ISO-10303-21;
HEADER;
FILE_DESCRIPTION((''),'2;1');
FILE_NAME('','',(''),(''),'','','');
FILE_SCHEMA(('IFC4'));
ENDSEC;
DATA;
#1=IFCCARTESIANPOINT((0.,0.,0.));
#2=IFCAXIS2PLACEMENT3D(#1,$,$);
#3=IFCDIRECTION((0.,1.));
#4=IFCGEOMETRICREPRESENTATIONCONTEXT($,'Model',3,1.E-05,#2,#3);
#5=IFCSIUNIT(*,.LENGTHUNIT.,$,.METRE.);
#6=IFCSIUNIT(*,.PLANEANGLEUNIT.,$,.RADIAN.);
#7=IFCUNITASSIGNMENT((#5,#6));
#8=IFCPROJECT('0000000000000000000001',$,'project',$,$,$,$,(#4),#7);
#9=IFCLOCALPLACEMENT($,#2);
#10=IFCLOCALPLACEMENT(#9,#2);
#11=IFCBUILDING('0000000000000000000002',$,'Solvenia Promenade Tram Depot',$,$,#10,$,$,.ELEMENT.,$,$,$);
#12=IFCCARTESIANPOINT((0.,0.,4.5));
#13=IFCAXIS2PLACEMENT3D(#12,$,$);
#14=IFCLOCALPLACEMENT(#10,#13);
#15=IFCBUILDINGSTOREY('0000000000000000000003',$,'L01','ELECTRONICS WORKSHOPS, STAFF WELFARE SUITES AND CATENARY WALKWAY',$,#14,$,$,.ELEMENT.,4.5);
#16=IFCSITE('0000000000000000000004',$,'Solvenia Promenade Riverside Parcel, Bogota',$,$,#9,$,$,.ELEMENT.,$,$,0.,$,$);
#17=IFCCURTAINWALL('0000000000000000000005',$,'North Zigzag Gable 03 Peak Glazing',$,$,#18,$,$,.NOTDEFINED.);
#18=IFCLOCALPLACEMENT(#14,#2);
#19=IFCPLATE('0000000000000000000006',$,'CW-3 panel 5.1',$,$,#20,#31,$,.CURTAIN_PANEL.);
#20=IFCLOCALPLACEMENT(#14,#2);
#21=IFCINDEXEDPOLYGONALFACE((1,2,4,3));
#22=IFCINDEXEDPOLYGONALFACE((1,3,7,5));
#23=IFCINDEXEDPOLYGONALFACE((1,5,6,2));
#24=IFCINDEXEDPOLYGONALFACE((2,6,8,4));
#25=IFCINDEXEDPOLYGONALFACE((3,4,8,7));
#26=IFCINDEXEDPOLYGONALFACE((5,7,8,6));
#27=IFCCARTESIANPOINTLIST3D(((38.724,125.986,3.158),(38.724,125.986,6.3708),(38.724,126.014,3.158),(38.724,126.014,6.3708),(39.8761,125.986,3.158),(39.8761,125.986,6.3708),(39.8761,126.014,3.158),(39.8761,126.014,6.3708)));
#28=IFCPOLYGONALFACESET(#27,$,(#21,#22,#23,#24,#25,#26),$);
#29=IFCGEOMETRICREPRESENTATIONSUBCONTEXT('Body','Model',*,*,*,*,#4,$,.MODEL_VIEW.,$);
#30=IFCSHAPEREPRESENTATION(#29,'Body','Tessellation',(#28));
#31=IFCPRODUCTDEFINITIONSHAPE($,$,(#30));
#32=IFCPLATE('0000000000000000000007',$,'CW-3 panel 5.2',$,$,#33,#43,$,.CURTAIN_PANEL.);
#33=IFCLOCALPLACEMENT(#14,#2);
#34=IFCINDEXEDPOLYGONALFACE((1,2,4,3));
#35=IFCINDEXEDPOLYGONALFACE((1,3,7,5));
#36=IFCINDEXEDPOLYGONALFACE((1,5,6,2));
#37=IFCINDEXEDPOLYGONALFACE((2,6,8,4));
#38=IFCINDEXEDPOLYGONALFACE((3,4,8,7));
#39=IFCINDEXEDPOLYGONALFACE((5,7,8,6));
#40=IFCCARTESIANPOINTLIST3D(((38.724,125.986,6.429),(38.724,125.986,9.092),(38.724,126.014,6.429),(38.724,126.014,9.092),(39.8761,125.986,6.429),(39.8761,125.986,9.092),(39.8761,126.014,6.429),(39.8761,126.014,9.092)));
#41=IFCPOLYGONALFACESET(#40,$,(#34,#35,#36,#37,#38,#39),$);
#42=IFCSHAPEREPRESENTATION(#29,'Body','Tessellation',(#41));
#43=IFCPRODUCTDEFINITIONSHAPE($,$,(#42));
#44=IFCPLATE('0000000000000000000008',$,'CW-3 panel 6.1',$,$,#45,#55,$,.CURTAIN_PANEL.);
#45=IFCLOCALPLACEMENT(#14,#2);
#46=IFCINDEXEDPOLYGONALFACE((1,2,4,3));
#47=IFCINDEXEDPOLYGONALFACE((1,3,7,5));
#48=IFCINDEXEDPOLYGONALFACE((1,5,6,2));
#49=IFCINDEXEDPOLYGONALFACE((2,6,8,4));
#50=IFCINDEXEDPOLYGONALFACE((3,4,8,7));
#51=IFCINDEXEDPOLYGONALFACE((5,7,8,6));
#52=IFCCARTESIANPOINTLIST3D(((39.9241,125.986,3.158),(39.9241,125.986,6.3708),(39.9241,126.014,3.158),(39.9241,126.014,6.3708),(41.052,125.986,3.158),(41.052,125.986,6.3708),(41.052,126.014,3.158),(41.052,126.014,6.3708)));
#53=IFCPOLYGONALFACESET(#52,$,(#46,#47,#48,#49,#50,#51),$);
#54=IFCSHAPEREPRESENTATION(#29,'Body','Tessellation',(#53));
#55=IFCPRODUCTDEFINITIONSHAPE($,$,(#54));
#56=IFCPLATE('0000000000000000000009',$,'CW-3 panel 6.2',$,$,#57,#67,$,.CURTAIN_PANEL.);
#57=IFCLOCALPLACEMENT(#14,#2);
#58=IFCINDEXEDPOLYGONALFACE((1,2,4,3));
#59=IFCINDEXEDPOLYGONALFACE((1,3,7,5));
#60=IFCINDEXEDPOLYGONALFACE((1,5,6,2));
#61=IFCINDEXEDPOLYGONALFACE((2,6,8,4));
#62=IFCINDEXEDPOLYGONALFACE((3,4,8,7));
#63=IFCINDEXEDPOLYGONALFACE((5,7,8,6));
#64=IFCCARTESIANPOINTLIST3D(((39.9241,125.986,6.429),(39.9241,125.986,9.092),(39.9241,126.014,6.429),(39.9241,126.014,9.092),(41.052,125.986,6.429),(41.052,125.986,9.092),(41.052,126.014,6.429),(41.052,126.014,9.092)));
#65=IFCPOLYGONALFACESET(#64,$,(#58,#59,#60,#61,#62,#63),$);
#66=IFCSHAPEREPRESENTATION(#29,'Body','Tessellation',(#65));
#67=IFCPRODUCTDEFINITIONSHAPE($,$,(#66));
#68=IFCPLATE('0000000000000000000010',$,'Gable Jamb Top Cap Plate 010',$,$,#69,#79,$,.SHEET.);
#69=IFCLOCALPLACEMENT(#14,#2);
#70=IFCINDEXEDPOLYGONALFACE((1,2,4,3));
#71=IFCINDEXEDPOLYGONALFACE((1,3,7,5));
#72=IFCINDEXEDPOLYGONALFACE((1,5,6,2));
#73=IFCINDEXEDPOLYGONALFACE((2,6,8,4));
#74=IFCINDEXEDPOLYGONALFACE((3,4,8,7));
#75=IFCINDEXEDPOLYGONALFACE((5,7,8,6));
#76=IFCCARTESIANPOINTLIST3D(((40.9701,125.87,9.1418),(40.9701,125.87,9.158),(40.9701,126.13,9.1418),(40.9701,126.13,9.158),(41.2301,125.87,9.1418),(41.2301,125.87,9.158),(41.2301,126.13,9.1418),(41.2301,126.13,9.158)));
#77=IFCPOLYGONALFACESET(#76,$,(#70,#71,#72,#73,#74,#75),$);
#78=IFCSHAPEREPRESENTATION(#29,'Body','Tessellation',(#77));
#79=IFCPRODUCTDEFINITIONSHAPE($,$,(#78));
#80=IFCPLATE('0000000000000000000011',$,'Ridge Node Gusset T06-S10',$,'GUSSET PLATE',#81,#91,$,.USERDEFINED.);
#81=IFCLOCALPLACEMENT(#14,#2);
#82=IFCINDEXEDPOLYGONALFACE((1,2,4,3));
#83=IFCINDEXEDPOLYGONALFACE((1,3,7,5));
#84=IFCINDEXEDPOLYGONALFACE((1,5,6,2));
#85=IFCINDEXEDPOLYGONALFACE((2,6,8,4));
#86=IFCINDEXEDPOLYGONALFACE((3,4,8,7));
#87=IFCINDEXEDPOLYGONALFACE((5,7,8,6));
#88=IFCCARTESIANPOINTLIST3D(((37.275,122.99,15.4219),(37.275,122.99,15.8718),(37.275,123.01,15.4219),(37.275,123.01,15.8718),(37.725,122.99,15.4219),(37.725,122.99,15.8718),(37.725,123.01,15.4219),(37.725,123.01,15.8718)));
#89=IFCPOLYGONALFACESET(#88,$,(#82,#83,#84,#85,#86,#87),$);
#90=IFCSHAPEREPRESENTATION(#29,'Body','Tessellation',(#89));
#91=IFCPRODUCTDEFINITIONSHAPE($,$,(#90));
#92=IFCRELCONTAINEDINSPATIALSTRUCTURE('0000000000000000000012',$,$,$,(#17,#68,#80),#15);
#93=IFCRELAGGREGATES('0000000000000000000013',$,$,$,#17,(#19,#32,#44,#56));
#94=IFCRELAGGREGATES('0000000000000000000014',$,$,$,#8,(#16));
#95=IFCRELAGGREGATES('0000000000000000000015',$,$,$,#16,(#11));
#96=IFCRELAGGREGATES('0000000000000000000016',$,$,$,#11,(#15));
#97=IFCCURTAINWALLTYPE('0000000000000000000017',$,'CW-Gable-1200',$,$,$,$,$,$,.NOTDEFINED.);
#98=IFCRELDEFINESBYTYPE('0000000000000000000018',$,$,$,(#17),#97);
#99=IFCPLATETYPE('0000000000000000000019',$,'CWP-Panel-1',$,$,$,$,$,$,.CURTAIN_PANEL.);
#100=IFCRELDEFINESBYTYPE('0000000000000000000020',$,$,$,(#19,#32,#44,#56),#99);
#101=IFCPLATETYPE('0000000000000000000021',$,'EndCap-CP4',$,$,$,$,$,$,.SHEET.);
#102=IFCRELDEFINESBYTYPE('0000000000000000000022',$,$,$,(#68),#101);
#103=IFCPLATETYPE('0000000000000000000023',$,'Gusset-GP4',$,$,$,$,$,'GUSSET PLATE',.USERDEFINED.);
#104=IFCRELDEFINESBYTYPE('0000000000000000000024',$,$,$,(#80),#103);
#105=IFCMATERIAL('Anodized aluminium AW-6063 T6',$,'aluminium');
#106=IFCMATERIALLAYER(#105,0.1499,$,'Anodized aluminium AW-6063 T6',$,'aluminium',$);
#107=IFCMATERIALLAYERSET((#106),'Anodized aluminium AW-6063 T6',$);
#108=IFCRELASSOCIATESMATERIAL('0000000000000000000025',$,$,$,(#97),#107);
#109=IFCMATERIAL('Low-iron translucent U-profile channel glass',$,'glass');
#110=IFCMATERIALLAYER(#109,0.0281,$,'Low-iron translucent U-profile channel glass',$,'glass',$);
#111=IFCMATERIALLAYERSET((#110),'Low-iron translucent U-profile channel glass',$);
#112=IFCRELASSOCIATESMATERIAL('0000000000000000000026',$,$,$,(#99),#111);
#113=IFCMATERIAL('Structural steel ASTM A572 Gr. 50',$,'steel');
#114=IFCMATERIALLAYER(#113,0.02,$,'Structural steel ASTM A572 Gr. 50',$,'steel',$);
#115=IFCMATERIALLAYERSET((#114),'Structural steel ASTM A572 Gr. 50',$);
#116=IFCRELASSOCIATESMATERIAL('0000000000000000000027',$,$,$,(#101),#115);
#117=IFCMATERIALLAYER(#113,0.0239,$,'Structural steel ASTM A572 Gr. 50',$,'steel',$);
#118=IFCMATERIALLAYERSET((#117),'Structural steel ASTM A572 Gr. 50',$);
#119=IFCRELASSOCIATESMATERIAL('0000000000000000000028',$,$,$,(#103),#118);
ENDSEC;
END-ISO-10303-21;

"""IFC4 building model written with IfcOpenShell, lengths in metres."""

from ifc_helpers import new_model, si_unit, direction, frame, origin, origin_2d, place, context, subcontext, project, spatial, rectangle, extrude, material, layer, layer_set, type_object, element, aggregate, save


model = new_model("IFC4")

# Units and contexts
model_context = context("Model", 3, precision=1e-05, world=origin(), true_north=direction((0.0, 1.0)))
body_context = subcontext(model_context, "Body", "Model", "MODEL_VIEW")
ifc_project = project(units=[si_unit("LENGTHUNIT", "METRE"), si_unit("PLANEANGLEUNIT", "RADIAN")], contexts=[model_context])

# Site, building, storey
site_placement = place(None, origin())
site = spatial("IfcSite", under=ifc_project, at=site_placement, Name="Solvenia Promenade Riverside Parcel, Bogota", CompositionType="ELEMENT", RefElevation=0.0)
building_placement = place(site_placement, origin())
building = spatial("IfcBuilding", under=site, at=building_placement, Name="Solvenia Promenade Tram Depot", CompositionType="ELEMENT")
storey_placement = place(building_placement, frame((0.0, 0.0, 4.5)))
storey = spatial("IfcBuildingStorey", under=building, at=storey_placement, Name="L01", Description="ELECTRONICS WORKSHOPS, STAFF WELFARE SUITES AND CATENARY WALKWAY", CompositionType="ELEMENT", Elevation=4.5)

# Curtain wall
ifc_material_1 = material(Name="Anodized aluminium AW-6063 T6", Category="aluminium")
ifc_layer_1 = layer(ifc_material_1, 0.1499, Name="Anodized aluminium AW-6063 T6", Category="aluminium")
ifc_layer_set_1 = layer_set([ifc_layer_1], Name="Anodized aluminium AW-6063 T6")
curtain_wall_type = type_object("IfcCurtainWallType", Name="CW-Gable-1200", PredefinedType="NOTDEFINED", material=ifc_layer_set_1)
curtain_wall_placement = place(storey_placement, origin())
curtain_wall = element("IfcCurtainWall", 1, at=curtain_wall_placement, inside=storey, type_object=curtain_wall_type, Name="North Zigzag Gable 03 Peak Glazing", PredefinedType="NOTDEFINED")

# Plates
ifc_material_2 = material(Name="Low-iron translucent U-profile channel glass", Category="glass")
ifc_layer_2 = layer(ifc_material_2, 0.0281, Name="Low-iron translucent U-profile channel glass", Category="glass")
ifc_layer_set_2 = layer_set([ifc_layer_2], Name="Low-iron translucent U-profile channel glass")
plate_type_1 = type_object("IfcPlateType", Name="CWP-Panel-1", PredefinedType="CURTAIN_PANEL", material=ifc_layer_set_2)
plate_1_placement = place(storey_placement, frame((39.3, 126.0, 3.158), z_axis=(0.0, 0.0, 1.0), x_axis=(1.0, 0.0, 0.0)))
plate_1 = element("IfcPlate", 2, at=plate_1_placement, type_object=plate_type_1, Name="CW-3 panel 5.1", PredefinedType="CURTAIN_PANEL", context=body_context, shape_type="SweptSolid", body=[
    extrude(rectangle(XDim=1.1521, YDim=0.0281, at=origin_2d()), origin(), (0.0, 0.0, 1.0), 3.2129),
])
plate_2_placement = place(storey_placement, frame((39.3, 126.0, 6.429), z_axis=(0.0, 0.0, 1.0), x_axis=(1.0, 0.0, 0.0)))
plate_2 = element("IfcPlate", 3, at=plate_2_placement, type_object=plate_type_1, Name="CW-3 panel 5.2", PredefinedType="CURTAIN_PANEL", context=body_context, shape_type="SweptSolid", body=[
    extrude(rectangle(XDim=1.1521, YDim=0.0281, at=origin_2d()), origin(), (0.0, 0.0, 1.0), 2.6631),
])
plate_3_placement = place(storey_placement, frame((40.488, 126.0, 3.158), z_axis=(0.0, 0.0, 1.0), x_axis=(1.0, 0.0, 0.0)))
plate_3 = element("IfcPlate", 4, at=plate_3_placement, type_object=plate_type_1, Name="CW-3 panel 6.1", PredefinedType="CURTAIN_PANEL", context=body_context, shape_type="SweptSolid", body=[
    extrude(rectangle(XDim=1.1279, YDim=0.0281, at=origin_2d()), origin(), (0.0, 0.0, 1.0), 3.2129),
])
plate_4_placement = place(storey_placement, frame((40.488, 126.0, 6.429), z_axis=(0.0, 0.0, 1.0), x_axis=(1.0, 0.0, 0.0)))
plate_4 = element("IfcPlate", 5, at=plate_4_placement, type_object=plate_type_1, Name="CW-3 panel 6.2", PredefinedType="CURTAIN_PANEL", context=body_context, shape_type="SweptSolid", body=[
    extrude(rectangle(XDim=1.1279, YDim=0.0281, at=origin_2d()), origin(), (0.0, 0.0, 1.0), 2.6631),
])
aggregate(curtain_wall, [plate_1, plate_2, plate_3, plate_4])

# Plates
ifc_material_3 = material(Name="Structural steel ASTM A572 Gr. 50", Category="steel")
ifc_layer_3 = layer(ifc_material_3, 0.02, Name="Structural steel ASTM A572 Gr. 50", Category="steel")
ifc_layer_set_3 = layer_set([ifc_layer_3], Name="Structural steel ASTM A572 Gr. 50")
plate_type_2 = type_object("IfcPlateType", Name="EndCap-CP4", PredefinedType="SHEET", material=ifc_layer_set_3)
plate_5_placement = place(storey_placement, frame((41.1001, 126.0, 9.1418), z_axis=(0.0, 0.0, 1.0), x_axis=(1.0, 0.0, 0.0)))
element("IfcPlate", 6, at=plate_5_placement, inside=storey, type_object=plate_type_2, Name="Gable Jamb Top Cap Plate 010", PredefinedType="SHEET", context=body_context, shape_type="SweptSolid", body=[
    extrude(rectangle(XDim=0.26, YDim=0.26, at=origin_2d()), origin(), (0.0, 0.0, 1.0), 0.0161),
])
ifc_layer_4 = layer(ifc_material_3, 0.0239, Name="Structural steel ASTM A572 Gr. 50", Category="steel")
ifc_layer_set_4 = layer_set([ifc_layer_4], Name="Structural steel ASTM A572 Gr. 50")
plate_type_3 = type_object("IfcPlateType", Name="Gusset-GP4", ElementType="GUSSET PLATE", PredefinedType="USERDEFINED", material=ifc_layer_set_4)
plate_6_placement = place(storey_placement, frame((37.5, 123.0, 15.4219), z_axis=(0.0, 0.0, 1.0), x_axis=(1.0, 0.0, 0.0)))
element("IfcPlate", 7, at=plate_6_placement, inside=storey, type_object=plate_type_3, Name="Ridge Node Gusset T06-S10", ObjectType="GUSSET PLATE", PredefinedType="USERDEFINED", context=body_context, shape_type="SweptSolid", body=[
    extrude(rectangle(XDim=0.45, YDim=0.02, at=origin_2d()), origin(), (0.0, 0.0, 1.0), 0.45),
])

save(model, "model.ifc")
